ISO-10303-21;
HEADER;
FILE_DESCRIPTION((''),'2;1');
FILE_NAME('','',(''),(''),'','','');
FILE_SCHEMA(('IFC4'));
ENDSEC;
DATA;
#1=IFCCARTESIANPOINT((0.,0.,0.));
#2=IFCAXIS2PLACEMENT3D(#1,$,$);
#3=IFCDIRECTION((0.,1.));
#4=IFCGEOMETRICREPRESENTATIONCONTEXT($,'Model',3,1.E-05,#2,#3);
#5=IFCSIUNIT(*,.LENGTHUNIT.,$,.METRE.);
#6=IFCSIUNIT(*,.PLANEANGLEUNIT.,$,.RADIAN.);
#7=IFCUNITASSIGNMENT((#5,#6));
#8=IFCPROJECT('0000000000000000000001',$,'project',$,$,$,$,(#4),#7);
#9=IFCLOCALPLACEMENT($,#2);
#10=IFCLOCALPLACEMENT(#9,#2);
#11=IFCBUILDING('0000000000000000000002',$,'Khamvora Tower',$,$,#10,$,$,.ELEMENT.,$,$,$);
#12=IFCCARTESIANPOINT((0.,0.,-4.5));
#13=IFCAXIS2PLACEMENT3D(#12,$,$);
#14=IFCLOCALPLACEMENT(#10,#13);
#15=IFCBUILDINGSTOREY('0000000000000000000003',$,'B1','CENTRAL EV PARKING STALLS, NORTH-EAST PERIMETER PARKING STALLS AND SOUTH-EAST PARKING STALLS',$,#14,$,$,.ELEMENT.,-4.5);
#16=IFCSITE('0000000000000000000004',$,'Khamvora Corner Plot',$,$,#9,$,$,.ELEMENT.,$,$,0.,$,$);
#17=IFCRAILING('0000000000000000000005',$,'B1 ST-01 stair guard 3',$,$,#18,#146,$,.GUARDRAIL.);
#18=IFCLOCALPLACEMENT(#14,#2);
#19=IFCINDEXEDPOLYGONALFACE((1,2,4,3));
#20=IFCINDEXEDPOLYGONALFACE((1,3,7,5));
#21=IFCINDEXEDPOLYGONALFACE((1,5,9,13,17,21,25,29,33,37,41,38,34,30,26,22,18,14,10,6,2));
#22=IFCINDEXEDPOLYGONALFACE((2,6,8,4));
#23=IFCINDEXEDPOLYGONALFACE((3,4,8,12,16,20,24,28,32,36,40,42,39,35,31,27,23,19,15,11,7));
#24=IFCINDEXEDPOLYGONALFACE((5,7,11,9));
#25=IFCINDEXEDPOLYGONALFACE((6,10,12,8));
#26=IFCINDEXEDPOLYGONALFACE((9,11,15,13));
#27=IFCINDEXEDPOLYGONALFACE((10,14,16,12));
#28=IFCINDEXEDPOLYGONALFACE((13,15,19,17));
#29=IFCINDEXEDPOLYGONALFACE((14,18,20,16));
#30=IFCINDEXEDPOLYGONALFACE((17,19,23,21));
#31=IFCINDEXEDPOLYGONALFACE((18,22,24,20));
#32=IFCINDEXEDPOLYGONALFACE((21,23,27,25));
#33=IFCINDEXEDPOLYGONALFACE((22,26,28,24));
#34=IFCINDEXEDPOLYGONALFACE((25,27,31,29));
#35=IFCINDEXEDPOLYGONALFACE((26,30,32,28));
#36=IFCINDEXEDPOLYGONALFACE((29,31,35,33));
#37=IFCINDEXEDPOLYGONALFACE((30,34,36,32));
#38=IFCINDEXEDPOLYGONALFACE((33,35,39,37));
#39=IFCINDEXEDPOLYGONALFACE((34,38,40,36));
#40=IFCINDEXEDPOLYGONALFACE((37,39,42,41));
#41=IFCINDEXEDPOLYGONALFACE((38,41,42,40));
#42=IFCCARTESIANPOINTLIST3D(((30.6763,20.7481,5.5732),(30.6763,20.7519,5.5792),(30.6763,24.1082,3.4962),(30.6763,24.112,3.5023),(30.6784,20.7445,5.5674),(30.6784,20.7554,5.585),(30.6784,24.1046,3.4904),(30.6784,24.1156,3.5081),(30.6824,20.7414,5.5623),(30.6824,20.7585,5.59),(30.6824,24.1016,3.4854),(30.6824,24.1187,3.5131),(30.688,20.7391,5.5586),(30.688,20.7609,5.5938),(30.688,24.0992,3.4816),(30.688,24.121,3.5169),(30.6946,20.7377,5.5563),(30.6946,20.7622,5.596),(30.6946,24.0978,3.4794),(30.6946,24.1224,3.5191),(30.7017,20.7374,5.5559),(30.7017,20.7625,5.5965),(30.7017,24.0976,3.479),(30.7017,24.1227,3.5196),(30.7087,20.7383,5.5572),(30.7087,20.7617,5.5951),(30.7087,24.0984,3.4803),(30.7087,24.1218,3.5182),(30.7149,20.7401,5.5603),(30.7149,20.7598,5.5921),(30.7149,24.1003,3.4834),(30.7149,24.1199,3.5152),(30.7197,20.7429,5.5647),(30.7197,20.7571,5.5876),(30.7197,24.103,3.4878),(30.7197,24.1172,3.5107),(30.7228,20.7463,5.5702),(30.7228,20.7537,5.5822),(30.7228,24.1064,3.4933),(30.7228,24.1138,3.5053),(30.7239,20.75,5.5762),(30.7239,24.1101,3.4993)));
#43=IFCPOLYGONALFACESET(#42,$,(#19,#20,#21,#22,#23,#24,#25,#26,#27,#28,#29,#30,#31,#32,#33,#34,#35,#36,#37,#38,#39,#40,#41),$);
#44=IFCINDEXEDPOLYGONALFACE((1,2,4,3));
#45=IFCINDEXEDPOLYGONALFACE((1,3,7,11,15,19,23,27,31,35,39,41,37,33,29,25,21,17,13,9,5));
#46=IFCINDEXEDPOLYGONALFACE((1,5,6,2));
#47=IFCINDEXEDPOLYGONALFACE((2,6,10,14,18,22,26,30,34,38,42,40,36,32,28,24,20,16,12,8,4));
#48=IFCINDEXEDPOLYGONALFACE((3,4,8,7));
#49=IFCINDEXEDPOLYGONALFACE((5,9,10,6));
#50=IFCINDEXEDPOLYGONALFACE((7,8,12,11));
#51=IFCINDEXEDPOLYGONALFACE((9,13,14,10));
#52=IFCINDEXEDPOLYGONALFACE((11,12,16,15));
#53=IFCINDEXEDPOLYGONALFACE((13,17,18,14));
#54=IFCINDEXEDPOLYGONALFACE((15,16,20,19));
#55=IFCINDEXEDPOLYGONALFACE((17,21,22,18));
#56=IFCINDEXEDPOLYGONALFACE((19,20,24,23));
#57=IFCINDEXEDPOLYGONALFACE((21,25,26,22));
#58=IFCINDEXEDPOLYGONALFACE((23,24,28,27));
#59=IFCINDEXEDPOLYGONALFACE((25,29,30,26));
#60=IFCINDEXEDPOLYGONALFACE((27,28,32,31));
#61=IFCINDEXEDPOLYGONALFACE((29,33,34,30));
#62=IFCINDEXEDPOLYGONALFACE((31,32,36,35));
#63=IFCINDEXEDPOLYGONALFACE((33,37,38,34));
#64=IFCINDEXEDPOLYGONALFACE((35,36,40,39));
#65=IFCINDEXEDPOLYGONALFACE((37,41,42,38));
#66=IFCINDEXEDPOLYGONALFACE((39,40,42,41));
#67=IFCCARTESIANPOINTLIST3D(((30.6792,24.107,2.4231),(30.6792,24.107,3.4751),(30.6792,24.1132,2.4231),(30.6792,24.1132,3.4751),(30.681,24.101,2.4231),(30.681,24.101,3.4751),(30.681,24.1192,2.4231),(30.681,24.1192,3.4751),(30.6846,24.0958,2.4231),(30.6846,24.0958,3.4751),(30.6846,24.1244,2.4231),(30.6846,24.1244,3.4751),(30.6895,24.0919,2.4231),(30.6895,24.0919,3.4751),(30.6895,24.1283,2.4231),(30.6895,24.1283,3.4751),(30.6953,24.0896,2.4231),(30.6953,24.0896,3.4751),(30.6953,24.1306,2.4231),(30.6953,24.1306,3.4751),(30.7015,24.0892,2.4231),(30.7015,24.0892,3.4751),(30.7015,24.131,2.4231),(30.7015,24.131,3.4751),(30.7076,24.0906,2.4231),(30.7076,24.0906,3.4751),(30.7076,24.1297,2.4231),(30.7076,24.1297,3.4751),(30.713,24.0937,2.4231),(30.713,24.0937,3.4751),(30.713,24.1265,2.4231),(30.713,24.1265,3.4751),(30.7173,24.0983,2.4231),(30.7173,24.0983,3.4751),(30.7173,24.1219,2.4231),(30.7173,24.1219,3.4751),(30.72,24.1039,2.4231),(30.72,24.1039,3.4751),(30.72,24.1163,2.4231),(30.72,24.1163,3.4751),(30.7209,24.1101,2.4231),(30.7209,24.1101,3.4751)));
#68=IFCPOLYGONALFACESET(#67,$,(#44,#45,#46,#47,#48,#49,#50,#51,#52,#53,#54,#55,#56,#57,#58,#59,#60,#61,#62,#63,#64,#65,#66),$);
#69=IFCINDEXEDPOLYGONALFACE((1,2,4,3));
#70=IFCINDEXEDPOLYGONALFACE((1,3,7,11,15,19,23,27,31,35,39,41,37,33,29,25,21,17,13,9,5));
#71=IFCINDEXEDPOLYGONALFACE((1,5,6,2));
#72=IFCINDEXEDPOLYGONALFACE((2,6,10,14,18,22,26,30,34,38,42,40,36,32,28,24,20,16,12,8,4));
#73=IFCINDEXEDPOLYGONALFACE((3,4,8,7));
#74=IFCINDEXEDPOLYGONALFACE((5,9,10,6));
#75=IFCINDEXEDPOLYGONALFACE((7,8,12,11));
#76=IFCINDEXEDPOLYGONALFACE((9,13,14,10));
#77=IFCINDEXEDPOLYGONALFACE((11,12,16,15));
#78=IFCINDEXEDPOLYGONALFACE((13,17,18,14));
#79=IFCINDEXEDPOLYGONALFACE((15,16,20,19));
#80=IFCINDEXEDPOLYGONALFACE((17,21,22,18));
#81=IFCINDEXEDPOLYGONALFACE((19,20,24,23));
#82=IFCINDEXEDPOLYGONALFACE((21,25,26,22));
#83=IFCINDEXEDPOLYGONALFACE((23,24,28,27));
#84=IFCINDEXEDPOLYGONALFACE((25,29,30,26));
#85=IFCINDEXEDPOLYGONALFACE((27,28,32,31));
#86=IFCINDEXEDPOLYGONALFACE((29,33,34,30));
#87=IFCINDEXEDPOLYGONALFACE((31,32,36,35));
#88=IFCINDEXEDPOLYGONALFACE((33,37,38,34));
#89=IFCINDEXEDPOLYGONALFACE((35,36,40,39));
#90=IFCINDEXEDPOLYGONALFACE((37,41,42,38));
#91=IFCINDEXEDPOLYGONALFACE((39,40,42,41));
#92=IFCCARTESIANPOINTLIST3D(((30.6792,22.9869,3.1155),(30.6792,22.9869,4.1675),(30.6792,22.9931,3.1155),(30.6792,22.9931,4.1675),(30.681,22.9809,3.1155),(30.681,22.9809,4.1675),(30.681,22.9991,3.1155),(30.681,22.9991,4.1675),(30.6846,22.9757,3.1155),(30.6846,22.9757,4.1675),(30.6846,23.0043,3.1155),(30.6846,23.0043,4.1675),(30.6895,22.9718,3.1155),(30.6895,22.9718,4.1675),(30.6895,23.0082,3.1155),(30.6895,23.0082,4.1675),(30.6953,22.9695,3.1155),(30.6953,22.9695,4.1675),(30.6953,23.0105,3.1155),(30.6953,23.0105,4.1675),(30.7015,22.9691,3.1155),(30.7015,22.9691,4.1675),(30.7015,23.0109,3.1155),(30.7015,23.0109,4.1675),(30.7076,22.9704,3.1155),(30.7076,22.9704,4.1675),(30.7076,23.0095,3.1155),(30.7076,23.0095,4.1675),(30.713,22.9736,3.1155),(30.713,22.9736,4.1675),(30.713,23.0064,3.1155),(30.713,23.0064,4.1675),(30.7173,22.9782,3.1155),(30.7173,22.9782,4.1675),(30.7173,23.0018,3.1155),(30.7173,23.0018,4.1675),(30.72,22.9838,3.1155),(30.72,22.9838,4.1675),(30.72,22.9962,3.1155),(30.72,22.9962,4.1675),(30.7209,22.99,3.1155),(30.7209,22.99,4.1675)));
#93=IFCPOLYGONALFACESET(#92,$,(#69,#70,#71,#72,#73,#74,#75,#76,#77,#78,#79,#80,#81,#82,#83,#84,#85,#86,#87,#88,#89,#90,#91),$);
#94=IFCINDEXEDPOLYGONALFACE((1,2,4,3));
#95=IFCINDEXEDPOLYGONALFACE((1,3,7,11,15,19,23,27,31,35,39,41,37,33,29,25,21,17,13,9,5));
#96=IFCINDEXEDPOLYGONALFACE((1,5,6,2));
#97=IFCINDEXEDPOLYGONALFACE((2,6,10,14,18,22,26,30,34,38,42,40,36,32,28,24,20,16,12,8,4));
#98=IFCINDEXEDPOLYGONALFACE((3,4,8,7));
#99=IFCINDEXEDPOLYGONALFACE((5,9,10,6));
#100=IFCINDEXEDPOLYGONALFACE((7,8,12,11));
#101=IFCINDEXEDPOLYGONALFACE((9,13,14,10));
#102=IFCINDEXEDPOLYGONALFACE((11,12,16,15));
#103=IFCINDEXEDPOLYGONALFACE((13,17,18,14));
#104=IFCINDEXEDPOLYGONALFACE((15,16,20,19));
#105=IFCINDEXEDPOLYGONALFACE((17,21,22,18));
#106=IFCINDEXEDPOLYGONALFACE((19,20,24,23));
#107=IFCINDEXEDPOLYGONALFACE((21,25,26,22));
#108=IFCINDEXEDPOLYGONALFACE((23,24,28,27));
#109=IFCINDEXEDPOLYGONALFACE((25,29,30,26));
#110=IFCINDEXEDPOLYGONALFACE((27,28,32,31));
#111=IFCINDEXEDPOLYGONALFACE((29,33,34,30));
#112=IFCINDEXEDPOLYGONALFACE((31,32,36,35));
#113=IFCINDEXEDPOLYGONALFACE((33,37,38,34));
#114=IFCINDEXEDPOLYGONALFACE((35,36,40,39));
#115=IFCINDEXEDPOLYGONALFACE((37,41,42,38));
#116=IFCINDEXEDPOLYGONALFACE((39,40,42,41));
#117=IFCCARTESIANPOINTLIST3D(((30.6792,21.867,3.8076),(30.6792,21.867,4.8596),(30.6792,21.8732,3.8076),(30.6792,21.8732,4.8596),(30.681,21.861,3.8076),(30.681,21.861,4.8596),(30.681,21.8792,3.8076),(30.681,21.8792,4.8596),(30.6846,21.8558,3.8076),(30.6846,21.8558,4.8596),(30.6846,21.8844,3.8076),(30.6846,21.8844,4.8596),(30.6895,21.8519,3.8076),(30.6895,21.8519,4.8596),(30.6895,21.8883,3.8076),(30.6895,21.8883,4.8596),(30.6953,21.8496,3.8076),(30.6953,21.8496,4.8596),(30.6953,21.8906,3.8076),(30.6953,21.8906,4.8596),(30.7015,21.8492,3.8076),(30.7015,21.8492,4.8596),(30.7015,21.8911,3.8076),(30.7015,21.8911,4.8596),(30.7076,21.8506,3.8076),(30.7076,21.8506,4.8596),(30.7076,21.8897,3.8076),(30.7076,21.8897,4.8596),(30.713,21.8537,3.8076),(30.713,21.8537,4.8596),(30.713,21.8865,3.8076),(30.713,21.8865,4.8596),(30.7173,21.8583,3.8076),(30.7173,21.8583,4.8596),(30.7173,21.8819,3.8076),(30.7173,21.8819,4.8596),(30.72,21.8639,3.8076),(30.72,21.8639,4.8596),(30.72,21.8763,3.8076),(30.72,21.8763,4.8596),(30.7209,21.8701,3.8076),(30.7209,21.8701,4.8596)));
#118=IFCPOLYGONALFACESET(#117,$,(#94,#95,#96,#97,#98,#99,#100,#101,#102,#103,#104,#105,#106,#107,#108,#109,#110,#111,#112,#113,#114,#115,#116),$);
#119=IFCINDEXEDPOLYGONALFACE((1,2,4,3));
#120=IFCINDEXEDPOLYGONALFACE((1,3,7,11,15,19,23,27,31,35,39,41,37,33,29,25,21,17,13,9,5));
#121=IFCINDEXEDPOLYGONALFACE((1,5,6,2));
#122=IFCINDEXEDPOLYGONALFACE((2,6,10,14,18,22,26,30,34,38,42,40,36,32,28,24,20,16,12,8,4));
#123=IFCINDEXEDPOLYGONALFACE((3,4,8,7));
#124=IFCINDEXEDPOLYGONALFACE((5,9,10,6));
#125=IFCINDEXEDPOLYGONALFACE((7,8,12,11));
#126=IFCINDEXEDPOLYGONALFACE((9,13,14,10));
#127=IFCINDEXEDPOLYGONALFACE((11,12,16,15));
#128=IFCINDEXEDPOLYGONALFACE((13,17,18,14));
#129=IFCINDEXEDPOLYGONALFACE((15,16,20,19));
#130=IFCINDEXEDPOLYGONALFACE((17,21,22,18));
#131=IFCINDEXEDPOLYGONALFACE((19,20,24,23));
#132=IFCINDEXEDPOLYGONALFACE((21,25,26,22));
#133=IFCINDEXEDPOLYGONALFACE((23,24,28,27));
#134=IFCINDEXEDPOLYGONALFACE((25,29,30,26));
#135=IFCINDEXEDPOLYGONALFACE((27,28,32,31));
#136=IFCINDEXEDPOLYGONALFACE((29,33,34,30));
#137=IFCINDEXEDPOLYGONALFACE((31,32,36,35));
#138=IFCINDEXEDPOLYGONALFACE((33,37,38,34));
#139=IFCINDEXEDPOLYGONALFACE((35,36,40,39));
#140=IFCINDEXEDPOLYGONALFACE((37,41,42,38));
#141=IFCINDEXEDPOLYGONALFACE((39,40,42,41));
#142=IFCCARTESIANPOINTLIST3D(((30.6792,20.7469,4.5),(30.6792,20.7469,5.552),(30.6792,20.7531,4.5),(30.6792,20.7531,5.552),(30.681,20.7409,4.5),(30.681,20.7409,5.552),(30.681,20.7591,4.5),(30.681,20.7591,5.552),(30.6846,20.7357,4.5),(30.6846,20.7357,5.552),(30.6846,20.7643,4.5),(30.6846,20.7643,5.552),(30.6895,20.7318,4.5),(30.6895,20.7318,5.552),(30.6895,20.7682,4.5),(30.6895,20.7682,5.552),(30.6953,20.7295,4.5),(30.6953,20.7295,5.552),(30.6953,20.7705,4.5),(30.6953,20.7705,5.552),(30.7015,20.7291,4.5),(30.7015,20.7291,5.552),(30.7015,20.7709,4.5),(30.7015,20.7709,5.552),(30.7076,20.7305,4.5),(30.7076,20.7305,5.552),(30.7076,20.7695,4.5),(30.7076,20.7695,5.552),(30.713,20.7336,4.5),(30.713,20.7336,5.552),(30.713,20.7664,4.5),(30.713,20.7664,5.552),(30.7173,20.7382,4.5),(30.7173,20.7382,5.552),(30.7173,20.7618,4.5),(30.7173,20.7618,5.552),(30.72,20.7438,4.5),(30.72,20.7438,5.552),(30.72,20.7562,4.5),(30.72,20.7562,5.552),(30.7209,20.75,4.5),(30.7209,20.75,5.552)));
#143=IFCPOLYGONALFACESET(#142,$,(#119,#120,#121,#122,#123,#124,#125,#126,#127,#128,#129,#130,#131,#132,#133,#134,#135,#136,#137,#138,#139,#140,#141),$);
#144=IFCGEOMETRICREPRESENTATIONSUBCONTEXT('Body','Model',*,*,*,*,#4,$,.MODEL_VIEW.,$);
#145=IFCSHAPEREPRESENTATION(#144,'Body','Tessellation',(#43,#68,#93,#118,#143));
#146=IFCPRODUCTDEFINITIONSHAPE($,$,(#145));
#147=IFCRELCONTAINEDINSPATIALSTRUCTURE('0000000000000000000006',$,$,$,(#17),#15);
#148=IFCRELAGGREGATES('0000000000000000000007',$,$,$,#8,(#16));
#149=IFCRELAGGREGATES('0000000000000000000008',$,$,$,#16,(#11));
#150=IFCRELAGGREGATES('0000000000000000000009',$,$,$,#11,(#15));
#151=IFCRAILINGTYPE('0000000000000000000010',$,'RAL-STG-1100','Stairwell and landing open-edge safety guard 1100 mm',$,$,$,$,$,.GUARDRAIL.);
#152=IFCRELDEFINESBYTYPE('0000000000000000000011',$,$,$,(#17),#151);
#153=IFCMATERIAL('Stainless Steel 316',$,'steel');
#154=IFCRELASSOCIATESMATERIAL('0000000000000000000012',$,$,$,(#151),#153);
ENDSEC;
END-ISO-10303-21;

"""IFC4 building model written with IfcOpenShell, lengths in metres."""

from ifc_helpers import new_model, si_unit, direction, frame, origin, origin_2d, place, context, subcontext, project, spatial, circle, extrude, material, type_object, element, save


model = new_model("IFC4")

# Units and contexts
model_context = context("Model", 3, precision=1e-05, world=origin(), true_north=direction((0.0, 1.0)))
body_context = subcontext(model_context, "Body", "Model", "MODEL_VIEW")
ifc_project = project(units=[si_unit("LENGTHUNIT", "METRE"), si_unit("PLANEANGLEUNIT", "RADIAN")], contexts=[model_context])

# Site, building, storey
site_placement = place(None, origin())
site = spatial("IfcSite", under=ifc_project, at=site_placement, Name="Khamvora Corner Plot", CompositionType="ELEMENT", RefElevation=0.0)
building_placement = place(site_placement, origin())
building = spatial("IfcBuilding", under=site, at=building_placement, Name="Khamvora Tower", CompositionType="ELEMENT")
storey_placement = place(building_placement, frame((0.0, 0.0, -4.5)))
storey = spatial("IfcBuildingStorey", under=building, at=storey_placement, Name="B1", Description="CENTRAL EV PARKING STALLS, NORTH-EAST PERIMETER PARKING STALLS AND SOUTH-EAST PARKING STALLS", CompositionType="ELEMENT", Elevation=-4.5)

# Railing
ifc_material_1 = material(Name="Stainless Steel 316", Category="steel")
railing_type_1 = type_object("IfcRailingType", Name="RAL-STG-1100", Description="Stairwell and landing open-edge safety guard 1100 mm", PredefinedType="GUARDRAIL", material=ifc_material_1)
railing_1_placement = place(storey_placement, frame((30.7, 24.1101, 2.4231)))
element("IfcRailing", 1, at=railing_1_placement, inside=storey, type_object=railing_type_1, Name="B1 ST-01 stair guard 3", PredefinedType="GUARDRAIL", context=body_context, shape_type="SweptSolid", body=[
    extrude(circle(Radius=0.0239, at=origin_2d()), frame((0.0, 0.0, 1.0762), z_axis=(0.0, -0.850623, 0.525776), x_axis=(1.0, 0.0, 0.0)), (0.0, 0.0, 1.0), 3.9502),
    extrude(circle(Radius=0.021, at=origin_2d()), origin(), (0.0, 0.0, 1.0), 1.052),
    extrude(circle(Radius=0.021, at=origin_2d()), frame((0.0, -1.1201, 0.6924)), (0.0, 0.0, 1.0), 1.052),
    extrude(circle(Radius=0.021, at=origin_2d()), frame((0.0, -2.24, 1.3845)), (0.0, 0.0, 1.0), 1.052),
    extrude(circle(Radius=0.021, at=origin_2d()), frame((0.0, -3.3601, 2.0769)), (0.0, 0.0, 1.0), 1.052),
])

save(model, "model.ifc")
